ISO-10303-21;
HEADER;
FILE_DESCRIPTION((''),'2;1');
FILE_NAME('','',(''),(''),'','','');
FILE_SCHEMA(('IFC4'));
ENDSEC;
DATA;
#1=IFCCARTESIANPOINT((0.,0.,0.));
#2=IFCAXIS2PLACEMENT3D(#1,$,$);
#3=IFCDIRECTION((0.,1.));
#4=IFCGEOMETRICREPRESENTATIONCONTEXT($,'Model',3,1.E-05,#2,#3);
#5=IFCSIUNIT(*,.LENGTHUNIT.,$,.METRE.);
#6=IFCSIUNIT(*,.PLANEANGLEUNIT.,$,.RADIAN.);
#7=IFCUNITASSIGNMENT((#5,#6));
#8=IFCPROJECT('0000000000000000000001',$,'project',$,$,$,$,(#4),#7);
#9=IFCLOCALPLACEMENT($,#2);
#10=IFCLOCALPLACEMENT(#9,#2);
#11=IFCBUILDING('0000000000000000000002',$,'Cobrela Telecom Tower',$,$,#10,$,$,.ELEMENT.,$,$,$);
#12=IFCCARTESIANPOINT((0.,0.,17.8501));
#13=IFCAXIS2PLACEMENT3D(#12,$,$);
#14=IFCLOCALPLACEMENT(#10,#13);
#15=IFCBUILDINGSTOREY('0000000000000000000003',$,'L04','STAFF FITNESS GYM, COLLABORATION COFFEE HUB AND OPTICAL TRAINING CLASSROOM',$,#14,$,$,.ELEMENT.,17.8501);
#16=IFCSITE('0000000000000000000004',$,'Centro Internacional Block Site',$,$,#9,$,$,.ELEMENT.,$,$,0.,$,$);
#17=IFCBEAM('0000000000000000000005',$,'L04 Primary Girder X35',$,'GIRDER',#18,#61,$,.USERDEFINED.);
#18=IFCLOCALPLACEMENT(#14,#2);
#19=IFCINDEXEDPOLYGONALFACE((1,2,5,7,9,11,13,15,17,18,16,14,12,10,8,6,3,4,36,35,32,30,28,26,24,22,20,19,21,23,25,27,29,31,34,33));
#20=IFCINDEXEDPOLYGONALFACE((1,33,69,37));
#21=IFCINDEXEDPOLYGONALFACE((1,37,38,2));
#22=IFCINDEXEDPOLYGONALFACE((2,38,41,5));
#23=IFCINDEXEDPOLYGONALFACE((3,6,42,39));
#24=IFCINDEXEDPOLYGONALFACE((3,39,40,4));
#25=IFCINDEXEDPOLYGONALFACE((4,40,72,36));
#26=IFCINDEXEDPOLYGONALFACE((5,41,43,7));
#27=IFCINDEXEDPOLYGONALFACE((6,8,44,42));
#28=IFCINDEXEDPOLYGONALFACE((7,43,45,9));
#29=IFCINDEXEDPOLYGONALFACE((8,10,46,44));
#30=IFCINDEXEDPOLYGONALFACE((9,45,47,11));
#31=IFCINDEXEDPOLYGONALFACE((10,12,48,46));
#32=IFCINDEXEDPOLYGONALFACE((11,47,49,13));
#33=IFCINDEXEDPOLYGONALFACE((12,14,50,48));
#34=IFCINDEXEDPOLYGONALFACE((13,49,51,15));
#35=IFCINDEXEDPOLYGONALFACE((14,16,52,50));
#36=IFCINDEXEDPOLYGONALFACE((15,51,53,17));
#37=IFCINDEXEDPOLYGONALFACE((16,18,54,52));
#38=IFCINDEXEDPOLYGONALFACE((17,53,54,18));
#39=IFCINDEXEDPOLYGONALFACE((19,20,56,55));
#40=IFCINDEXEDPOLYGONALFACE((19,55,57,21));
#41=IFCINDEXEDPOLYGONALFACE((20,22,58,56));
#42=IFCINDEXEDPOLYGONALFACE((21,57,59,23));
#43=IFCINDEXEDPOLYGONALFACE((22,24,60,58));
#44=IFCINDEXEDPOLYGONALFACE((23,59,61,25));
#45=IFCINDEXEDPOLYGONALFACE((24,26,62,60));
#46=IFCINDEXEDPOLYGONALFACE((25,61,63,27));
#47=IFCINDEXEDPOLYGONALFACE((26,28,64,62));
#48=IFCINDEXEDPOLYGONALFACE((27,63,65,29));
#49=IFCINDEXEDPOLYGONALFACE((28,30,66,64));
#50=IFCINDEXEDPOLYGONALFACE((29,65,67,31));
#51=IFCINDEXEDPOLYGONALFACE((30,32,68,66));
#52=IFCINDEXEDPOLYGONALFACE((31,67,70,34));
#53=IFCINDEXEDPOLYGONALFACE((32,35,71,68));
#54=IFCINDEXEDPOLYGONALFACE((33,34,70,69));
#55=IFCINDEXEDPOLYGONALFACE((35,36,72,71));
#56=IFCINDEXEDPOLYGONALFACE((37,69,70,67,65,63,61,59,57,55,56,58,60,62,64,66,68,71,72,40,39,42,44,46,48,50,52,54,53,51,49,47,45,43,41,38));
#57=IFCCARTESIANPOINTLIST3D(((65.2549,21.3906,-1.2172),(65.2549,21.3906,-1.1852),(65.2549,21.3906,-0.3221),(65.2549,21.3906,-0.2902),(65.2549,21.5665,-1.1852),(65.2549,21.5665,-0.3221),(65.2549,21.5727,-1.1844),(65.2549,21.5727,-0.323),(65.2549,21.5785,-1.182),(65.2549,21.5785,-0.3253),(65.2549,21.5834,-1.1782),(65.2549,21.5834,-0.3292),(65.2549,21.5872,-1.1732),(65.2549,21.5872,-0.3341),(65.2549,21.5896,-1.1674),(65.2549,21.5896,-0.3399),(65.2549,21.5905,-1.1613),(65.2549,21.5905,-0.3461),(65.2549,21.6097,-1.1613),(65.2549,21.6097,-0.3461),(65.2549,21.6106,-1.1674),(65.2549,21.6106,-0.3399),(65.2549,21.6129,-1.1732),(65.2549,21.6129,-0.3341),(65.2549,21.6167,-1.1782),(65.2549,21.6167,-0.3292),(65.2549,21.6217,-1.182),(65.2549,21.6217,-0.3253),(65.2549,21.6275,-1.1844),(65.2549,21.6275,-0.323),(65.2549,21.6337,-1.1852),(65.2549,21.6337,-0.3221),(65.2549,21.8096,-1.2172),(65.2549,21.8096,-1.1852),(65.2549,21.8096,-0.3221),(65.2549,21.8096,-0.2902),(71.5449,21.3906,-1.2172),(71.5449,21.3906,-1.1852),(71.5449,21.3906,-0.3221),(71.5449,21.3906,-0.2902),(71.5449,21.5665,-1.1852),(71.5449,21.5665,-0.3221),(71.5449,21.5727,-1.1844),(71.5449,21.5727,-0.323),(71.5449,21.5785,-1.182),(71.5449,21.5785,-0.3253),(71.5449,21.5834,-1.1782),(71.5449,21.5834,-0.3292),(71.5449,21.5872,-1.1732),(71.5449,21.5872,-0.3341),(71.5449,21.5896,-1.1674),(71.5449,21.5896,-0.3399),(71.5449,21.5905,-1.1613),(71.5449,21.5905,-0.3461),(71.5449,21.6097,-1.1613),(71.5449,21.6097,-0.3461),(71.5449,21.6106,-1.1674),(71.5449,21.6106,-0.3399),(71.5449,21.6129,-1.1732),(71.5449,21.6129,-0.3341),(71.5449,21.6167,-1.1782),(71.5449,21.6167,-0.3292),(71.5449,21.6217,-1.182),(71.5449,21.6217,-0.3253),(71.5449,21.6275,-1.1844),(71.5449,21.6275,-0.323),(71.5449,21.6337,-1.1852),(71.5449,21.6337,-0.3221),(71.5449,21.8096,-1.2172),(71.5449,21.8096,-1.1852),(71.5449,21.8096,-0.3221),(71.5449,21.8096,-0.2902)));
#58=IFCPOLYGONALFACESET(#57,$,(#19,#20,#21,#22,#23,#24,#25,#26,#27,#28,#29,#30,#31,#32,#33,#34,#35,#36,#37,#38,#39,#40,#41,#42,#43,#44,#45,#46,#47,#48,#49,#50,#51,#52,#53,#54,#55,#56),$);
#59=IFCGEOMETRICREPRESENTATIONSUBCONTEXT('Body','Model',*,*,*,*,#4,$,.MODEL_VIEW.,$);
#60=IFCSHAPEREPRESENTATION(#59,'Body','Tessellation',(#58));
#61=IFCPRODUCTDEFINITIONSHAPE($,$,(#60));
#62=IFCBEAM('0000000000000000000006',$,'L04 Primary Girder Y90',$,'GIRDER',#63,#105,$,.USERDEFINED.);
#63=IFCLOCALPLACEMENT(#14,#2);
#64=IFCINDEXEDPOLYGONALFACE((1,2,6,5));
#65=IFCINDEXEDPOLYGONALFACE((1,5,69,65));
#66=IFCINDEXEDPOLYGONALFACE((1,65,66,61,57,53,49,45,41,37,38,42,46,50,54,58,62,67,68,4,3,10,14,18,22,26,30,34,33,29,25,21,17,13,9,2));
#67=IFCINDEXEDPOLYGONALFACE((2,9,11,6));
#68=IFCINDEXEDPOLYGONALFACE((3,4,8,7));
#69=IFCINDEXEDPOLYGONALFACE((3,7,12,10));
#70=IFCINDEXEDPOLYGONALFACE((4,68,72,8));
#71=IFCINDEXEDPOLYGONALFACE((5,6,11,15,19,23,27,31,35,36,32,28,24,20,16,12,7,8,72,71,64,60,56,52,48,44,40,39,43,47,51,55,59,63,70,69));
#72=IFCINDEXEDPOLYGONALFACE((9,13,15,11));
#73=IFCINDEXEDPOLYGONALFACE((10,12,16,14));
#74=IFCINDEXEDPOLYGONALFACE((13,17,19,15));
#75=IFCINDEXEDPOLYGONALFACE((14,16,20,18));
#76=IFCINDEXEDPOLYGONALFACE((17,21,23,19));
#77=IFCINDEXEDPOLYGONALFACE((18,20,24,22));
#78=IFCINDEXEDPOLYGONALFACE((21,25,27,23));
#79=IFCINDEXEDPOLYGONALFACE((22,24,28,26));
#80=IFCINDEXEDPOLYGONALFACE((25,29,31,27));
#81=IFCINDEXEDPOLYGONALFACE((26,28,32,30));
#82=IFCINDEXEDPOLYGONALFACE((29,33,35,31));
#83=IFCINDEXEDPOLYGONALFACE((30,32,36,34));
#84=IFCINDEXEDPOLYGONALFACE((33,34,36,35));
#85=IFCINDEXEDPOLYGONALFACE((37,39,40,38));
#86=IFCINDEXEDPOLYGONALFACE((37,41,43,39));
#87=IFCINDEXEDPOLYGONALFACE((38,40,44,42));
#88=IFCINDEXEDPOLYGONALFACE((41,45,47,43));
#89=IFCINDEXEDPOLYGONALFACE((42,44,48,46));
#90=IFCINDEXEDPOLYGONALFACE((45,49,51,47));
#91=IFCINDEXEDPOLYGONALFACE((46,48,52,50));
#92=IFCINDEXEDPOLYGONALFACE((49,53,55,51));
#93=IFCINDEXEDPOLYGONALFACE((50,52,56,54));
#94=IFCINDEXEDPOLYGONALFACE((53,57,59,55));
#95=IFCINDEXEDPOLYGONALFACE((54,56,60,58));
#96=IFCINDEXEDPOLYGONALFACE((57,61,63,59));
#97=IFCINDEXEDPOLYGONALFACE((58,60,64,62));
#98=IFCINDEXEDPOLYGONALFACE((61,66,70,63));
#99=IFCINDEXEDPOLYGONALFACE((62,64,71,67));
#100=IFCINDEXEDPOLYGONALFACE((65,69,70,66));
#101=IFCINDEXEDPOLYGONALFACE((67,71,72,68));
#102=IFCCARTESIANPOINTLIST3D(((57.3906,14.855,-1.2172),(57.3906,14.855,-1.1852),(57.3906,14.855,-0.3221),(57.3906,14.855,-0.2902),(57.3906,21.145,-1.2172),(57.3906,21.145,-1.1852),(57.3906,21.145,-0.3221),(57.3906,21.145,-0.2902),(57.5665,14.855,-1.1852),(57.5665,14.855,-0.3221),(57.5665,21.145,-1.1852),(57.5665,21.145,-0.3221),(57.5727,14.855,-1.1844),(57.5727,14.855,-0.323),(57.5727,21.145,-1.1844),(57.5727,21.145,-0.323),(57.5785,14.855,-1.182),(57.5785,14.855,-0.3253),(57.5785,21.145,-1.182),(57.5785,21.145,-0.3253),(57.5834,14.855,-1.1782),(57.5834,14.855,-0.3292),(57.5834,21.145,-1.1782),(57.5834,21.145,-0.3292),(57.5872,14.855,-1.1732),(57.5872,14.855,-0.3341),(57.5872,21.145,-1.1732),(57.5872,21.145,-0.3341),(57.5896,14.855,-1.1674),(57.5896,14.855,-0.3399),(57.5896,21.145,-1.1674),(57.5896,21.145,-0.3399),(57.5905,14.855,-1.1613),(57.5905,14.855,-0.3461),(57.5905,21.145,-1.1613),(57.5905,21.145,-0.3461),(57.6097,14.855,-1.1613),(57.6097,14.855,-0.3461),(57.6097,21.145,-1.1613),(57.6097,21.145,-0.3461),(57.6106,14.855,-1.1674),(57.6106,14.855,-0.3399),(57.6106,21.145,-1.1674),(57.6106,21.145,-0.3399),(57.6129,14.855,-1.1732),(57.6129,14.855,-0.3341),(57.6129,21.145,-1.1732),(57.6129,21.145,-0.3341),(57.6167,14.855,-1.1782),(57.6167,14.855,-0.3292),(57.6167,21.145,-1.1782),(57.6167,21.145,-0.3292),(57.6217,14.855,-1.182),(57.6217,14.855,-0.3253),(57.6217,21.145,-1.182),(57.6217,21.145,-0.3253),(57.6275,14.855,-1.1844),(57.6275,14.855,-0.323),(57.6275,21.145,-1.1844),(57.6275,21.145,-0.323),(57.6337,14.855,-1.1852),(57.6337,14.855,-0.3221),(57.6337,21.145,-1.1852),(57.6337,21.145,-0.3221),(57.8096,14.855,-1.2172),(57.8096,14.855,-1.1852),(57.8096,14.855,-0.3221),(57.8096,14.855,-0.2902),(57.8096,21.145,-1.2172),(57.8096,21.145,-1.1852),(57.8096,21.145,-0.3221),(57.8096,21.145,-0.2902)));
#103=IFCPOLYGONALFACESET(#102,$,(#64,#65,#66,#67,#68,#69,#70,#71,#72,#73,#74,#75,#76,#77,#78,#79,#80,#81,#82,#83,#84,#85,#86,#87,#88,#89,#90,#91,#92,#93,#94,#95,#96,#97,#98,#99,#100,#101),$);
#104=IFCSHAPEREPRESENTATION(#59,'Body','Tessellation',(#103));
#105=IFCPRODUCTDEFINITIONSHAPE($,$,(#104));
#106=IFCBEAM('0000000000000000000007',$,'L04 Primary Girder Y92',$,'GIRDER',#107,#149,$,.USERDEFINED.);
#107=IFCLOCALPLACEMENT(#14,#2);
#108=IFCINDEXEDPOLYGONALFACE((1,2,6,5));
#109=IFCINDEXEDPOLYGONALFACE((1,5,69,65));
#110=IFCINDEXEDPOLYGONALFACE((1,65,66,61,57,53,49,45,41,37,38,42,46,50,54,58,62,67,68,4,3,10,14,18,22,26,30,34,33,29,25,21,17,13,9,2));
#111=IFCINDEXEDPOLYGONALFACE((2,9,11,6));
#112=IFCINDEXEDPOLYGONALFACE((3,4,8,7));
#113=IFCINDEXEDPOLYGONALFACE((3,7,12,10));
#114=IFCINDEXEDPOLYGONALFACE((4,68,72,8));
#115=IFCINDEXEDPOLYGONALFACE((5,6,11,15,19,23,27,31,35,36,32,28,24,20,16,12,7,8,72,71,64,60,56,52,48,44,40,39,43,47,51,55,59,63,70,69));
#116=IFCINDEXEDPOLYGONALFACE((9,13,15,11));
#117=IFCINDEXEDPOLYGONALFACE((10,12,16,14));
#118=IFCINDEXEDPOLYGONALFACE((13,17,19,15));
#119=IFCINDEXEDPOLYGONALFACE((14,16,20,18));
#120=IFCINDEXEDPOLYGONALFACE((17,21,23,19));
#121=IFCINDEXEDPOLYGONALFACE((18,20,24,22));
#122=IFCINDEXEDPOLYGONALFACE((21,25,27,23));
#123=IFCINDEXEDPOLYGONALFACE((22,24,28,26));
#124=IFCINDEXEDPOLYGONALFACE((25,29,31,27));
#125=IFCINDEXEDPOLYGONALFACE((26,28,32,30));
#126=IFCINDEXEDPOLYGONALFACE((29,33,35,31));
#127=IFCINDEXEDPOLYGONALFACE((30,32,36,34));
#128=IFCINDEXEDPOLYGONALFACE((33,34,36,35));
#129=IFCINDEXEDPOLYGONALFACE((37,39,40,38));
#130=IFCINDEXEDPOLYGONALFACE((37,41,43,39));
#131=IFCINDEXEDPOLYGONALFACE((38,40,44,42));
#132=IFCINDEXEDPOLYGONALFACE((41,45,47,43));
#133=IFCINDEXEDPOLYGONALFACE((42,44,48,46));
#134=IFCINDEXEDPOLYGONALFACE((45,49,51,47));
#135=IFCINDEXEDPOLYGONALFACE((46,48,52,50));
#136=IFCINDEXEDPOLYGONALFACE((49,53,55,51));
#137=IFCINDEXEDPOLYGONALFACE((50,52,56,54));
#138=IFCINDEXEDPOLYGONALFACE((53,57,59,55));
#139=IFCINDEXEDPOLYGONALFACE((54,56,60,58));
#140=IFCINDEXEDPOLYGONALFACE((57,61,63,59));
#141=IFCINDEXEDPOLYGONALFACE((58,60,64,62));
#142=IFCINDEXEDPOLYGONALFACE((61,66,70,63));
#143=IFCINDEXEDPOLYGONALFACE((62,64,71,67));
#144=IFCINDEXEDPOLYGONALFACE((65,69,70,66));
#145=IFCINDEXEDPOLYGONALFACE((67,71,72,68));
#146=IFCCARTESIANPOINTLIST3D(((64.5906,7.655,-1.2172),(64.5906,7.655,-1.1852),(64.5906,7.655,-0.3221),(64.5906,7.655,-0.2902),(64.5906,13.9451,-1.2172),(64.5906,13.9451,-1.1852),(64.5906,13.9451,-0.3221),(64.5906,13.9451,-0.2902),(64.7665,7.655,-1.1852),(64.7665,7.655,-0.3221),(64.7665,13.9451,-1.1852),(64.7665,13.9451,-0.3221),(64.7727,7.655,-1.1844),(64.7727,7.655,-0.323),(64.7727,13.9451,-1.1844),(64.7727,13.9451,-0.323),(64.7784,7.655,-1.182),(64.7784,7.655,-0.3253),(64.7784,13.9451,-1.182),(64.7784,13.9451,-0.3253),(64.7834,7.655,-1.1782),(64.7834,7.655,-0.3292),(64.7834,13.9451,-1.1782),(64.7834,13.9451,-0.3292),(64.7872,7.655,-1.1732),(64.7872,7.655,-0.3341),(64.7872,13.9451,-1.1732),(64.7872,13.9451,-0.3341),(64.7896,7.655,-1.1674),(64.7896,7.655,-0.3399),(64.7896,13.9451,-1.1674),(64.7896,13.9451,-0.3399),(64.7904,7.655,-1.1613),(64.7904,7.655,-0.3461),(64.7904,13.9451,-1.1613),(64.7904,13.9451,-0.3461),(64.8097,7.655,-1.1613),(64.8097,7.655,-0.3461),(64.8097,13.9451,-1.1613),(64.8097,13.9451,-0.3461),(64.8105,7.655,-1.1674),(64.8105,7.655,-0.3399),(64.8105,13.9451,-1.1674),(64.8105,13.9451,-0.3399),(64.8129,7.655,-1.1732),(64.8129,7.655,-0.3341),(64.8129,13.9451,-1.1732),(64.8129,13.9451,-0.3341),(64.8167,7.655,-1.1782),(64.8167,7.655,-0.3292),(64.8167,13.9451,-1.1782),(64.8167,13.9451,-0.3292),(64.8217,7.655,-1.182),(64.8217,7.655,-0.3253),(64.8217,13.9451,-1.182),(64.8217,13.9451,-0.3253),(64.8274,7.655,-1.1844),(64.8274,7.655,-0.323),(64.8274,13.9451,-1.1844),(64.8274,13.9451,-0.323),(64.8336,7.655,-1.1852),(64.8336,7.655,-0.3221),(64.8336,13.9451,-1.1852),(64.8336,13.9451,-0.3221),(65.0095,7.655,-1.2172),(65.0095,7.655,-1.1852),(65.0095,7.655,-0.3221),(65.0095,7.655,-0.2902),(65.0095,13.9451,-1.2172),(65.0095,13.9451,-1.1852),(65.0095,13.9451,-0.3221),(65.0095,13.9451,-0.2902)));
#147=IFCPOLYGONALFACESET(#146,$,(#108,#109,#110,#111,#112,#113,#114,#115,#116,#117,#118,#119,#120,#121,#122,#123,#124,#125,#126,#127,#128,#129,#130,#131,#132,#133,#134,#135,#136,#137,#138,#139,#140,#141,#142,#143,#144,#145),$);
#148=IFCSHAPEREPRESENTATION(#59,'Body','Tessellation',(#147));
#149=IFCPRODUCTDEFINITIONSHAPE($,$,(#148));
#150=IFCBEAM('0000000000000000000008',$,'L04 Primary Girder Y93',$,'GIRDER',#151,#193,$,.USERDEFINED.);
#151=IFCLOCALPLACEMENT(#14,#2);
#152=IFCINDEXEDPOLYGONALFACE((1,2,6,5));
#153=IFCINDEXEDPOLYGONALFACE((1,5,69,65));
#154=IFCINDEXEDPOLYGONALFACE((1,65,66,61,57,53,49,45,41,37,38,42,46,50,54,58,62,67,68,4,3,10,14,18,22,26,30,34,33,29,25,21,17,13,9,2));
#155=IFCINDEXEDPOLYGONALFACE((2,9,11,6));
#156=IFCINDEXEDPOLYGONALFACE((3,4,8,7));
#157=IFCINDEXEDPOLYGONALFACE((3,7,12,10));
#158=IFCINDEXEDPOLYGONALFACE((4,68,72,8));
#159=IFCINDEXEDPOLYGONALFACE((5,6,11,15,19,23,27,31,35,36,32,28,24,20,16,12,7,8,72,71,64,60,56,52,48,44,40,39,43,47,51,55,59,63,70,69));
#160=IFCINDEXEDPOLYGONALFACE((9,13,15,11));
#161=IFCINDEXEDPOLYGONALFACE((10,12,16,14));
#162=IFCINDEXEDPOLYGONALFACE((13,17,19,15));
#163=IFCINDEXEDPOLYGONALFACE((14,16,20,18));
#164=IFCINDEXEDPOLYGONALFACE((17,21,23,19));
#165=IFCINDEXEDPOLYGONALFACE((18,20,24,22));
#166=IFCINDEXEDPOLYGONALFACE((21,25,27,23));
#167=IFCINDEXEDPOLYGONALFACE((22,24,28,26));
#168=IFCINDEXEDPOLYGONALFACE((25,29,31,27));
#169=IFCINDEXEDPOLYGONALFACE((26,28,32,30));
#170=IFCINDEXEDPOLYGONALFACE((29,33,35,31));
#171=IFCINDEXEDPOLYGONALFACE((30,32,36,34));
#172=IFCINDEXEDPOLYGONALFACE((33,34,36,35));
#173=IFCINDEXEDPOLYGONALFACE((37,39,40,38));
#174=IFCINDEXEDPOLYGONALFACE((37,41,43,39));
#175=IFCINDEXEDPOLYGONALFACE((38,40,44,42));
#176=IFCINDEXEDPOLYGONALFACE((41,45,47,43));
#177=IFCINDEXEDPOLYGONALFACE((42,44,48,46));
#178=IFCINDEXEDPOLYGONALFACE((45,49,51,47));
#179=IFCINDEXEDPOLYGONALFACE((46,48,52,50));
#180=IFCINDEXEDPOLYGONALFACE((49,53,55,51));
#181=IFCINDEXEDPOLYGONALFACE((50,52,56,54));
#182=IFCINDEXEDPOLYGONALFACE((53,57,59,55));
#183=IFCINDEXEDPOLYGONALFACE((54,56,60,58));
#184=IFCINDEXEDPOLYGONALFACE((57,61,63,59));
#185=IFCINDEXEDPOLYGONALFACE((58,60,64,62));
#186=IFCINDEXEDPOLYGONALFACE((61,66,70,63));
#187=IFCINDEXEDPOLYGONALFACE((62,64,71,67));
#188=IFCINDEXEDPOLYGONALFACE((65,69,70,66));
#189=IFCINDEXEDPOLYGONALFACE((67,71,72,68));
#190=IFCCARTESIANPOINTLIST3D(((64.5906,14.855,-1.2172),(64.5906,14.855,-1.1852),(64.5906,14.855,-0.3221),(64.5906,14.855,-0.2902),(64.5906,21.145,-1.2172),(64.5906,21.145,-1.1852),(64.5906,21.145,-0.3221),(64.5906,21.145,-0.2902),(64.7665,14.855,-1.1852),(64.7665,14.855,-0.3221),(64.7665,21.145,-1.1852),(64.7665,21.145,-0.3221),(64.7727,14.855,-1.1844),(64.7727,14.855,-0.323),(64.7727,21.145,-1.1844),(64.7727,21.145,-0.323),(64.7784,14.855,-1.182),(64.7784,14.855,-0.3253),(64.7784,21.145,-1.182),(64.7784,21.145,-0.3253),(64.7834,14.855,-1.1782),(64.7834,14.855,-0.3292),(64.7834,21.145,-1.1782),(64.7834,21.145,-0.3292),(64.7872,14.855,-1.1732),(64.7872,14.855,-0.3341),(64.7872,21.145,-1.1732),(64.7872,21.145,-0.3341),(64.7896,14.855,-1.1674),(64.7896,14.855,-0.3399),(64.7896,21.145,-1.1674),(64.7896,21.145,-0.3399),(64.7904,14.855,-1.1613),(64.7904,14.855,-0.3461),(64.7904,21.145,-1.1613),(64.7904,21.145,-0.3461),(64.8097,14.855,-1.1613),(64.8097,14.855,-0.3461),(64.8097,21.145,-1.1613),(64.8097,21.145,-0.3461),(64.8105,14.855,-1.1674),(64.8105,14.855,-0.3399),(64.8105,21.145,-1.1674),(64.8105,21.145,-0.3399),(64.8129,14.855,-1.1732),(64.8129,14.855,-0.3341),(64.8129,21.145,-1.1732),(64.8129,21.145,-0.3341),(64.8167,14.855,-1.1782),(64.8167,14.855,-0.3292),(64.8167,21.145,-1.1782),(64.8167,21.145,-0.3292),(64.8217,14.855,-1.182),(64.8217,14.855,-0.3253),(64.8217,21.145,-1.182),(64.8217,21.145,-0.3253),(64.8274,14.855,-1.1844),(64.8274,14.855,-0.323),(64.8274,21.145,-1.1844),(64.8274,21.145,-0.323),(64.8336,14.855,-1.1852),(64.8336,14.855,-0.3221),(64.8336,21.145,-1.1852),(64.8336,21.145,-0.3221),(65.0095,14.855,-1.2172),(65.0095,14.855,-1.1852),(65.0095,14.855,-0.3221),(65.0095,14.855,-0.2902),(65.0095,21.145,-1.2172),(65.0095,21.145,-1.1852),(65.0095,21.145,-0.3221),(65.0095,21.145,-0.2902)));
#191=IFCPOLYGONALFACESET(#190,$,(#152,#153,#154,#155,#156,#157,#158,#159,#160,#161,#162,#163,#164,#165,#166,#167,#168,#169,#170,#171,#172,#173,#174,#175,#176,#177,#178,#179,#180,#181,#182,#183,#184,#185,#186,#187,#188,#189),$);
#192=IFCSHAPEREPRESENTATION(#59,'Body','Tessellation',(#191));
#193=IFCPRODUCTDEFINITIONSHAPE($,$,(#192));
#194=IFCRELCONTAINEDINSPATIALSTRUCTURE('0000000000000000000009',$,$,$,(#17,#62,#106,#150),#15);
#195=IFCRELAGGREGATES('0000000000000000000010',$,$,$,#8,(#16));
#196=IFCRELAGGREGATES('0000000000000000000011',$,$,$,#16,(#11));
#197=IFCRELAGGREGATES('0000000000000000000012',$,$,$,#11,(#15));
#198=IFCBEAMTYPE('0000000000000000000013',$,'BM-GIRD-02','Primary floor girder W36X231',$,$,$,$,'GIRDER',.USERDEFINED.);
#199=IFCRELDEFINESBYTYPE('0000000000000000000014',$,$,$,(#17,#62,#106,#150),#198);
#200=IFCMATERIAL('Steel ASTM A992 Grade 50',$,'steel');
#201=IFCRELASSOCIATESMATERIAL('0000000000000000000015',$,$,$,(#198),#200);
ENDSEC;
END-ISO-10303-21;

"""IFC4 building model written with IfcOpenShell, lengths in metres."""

from ifc_helpers import new_model, si_unit, direction, frame, origin, origin_2d, place, context, subcontext, project, spatial, i_section, extrude, material, material_profile, profile_set, type_object, element, save


model = new_model("IFC4")

# Units and contexts
model_context = context("Model", 3, precision=1e-05, world=origin(), true_north=direction((0.0, 1.0)))
body_context = subcontext(model_context, "Body", "Model", "MODEL_VIEW")
ifc_project = project(units=[si_unit("LENGTHUNIT", "METRE"), si_unit("PLANEANGLEUNIT", "RADIAN")], contexts=[model_context])

# Site, building, storey
site_placement = place(None, origin())
site = spatial("IfcSite", under=ifc_project, at=site_placement, Name="Centro Internacional Block Site", CompositionType="ELEMENT", RefElevation=0.0)
building_placement = place(site_placement, origin())
building = spatial("IfcBuilding", under=site, at=building_placement, Name="Cobrela Telecom Tower", CompositionType="ELEMENT")
storey_placement = place(building_placement, frame((0.0, 0.0, 17.8501)))
storey = spatial("IfcBuildingStorey", under=building, at=storey_placement, Name="L04", Description="STAFF FITNESS GYM, COLLABORATION COFFEE HUB AND OPTICAL TRAINING CLASSROOM", CompositionType="ELEMENT", Elevation=17.8501)

# Beams
ifc_material_1 = material(Name="Steel ASTM A992 Grade 50", Category="steel")
ifc_material_profile_1 = material_profile(ifc_material_1, i_section(OverallWidth=0.4189, OverallDepth=0.927, WebThickness=0.0193, FlangeThickness=0.032, FilletRadius=0.0239, at=origin_2d()), Name="W36X231")
ifc_profile_set_1 = profile_set([ifc_material_profile_1], Name="Steel ASTM A992 Grade 50")
beam_type_1 = type_object("IfcBeamType", Name="BM-GIRD-02", Description="Primary floor girder W36X231", ElementType="GIRDER", PredefinedType="USERDEFINED", material=ifc_profile_set_1)
for number, where, z_axis, x_axis, name in (
    (1, (65.2549, 21.6001, -0.7537), (1.0, 0.0, 0.0), (0.0, 1.0, 0.0), "L04 Primary Girder X35"),
    (2, (57.6001, 14.855, -0.7537), (0.0, 1.0, 0.0), (-1.0, 0.0, 0.0), "L04 Primary Girder Y90"),
    (3, (64.8, 7.655, -0.7537), (0.0, 1.0, 0.0), (-1.0, 0.0, 0.0), "L04 Primary Girder Y92"),
    (4, (64.8, 14.855, -0.7537), (0.0, 1.0, 0.0), (-1.0, 0.0, 0.0), "L04 Primary Girder Y93"),
):
    element("IfcBeam", number, at=place(storey_placement, frame(where, z_axis=z_axis, x_axis=x_axis)), inside=storey, type_object=beam_type_1, Name=name, ObjectType="GIRDER", PredefinedType="USERDEFINED", context=body_context, shape_type="SweptSolid", body=[
        extrude(i_section(OverallWidth=0.4189, OverallDepth=0.927, WebThickness=0.0193, FlangeThickness=0.032, FilletRadius=0.0239, at=origin_2d()), origin(), (0.0, 0.0, 1.0), 6.29),
    ])

save(model, "model.ifc")
